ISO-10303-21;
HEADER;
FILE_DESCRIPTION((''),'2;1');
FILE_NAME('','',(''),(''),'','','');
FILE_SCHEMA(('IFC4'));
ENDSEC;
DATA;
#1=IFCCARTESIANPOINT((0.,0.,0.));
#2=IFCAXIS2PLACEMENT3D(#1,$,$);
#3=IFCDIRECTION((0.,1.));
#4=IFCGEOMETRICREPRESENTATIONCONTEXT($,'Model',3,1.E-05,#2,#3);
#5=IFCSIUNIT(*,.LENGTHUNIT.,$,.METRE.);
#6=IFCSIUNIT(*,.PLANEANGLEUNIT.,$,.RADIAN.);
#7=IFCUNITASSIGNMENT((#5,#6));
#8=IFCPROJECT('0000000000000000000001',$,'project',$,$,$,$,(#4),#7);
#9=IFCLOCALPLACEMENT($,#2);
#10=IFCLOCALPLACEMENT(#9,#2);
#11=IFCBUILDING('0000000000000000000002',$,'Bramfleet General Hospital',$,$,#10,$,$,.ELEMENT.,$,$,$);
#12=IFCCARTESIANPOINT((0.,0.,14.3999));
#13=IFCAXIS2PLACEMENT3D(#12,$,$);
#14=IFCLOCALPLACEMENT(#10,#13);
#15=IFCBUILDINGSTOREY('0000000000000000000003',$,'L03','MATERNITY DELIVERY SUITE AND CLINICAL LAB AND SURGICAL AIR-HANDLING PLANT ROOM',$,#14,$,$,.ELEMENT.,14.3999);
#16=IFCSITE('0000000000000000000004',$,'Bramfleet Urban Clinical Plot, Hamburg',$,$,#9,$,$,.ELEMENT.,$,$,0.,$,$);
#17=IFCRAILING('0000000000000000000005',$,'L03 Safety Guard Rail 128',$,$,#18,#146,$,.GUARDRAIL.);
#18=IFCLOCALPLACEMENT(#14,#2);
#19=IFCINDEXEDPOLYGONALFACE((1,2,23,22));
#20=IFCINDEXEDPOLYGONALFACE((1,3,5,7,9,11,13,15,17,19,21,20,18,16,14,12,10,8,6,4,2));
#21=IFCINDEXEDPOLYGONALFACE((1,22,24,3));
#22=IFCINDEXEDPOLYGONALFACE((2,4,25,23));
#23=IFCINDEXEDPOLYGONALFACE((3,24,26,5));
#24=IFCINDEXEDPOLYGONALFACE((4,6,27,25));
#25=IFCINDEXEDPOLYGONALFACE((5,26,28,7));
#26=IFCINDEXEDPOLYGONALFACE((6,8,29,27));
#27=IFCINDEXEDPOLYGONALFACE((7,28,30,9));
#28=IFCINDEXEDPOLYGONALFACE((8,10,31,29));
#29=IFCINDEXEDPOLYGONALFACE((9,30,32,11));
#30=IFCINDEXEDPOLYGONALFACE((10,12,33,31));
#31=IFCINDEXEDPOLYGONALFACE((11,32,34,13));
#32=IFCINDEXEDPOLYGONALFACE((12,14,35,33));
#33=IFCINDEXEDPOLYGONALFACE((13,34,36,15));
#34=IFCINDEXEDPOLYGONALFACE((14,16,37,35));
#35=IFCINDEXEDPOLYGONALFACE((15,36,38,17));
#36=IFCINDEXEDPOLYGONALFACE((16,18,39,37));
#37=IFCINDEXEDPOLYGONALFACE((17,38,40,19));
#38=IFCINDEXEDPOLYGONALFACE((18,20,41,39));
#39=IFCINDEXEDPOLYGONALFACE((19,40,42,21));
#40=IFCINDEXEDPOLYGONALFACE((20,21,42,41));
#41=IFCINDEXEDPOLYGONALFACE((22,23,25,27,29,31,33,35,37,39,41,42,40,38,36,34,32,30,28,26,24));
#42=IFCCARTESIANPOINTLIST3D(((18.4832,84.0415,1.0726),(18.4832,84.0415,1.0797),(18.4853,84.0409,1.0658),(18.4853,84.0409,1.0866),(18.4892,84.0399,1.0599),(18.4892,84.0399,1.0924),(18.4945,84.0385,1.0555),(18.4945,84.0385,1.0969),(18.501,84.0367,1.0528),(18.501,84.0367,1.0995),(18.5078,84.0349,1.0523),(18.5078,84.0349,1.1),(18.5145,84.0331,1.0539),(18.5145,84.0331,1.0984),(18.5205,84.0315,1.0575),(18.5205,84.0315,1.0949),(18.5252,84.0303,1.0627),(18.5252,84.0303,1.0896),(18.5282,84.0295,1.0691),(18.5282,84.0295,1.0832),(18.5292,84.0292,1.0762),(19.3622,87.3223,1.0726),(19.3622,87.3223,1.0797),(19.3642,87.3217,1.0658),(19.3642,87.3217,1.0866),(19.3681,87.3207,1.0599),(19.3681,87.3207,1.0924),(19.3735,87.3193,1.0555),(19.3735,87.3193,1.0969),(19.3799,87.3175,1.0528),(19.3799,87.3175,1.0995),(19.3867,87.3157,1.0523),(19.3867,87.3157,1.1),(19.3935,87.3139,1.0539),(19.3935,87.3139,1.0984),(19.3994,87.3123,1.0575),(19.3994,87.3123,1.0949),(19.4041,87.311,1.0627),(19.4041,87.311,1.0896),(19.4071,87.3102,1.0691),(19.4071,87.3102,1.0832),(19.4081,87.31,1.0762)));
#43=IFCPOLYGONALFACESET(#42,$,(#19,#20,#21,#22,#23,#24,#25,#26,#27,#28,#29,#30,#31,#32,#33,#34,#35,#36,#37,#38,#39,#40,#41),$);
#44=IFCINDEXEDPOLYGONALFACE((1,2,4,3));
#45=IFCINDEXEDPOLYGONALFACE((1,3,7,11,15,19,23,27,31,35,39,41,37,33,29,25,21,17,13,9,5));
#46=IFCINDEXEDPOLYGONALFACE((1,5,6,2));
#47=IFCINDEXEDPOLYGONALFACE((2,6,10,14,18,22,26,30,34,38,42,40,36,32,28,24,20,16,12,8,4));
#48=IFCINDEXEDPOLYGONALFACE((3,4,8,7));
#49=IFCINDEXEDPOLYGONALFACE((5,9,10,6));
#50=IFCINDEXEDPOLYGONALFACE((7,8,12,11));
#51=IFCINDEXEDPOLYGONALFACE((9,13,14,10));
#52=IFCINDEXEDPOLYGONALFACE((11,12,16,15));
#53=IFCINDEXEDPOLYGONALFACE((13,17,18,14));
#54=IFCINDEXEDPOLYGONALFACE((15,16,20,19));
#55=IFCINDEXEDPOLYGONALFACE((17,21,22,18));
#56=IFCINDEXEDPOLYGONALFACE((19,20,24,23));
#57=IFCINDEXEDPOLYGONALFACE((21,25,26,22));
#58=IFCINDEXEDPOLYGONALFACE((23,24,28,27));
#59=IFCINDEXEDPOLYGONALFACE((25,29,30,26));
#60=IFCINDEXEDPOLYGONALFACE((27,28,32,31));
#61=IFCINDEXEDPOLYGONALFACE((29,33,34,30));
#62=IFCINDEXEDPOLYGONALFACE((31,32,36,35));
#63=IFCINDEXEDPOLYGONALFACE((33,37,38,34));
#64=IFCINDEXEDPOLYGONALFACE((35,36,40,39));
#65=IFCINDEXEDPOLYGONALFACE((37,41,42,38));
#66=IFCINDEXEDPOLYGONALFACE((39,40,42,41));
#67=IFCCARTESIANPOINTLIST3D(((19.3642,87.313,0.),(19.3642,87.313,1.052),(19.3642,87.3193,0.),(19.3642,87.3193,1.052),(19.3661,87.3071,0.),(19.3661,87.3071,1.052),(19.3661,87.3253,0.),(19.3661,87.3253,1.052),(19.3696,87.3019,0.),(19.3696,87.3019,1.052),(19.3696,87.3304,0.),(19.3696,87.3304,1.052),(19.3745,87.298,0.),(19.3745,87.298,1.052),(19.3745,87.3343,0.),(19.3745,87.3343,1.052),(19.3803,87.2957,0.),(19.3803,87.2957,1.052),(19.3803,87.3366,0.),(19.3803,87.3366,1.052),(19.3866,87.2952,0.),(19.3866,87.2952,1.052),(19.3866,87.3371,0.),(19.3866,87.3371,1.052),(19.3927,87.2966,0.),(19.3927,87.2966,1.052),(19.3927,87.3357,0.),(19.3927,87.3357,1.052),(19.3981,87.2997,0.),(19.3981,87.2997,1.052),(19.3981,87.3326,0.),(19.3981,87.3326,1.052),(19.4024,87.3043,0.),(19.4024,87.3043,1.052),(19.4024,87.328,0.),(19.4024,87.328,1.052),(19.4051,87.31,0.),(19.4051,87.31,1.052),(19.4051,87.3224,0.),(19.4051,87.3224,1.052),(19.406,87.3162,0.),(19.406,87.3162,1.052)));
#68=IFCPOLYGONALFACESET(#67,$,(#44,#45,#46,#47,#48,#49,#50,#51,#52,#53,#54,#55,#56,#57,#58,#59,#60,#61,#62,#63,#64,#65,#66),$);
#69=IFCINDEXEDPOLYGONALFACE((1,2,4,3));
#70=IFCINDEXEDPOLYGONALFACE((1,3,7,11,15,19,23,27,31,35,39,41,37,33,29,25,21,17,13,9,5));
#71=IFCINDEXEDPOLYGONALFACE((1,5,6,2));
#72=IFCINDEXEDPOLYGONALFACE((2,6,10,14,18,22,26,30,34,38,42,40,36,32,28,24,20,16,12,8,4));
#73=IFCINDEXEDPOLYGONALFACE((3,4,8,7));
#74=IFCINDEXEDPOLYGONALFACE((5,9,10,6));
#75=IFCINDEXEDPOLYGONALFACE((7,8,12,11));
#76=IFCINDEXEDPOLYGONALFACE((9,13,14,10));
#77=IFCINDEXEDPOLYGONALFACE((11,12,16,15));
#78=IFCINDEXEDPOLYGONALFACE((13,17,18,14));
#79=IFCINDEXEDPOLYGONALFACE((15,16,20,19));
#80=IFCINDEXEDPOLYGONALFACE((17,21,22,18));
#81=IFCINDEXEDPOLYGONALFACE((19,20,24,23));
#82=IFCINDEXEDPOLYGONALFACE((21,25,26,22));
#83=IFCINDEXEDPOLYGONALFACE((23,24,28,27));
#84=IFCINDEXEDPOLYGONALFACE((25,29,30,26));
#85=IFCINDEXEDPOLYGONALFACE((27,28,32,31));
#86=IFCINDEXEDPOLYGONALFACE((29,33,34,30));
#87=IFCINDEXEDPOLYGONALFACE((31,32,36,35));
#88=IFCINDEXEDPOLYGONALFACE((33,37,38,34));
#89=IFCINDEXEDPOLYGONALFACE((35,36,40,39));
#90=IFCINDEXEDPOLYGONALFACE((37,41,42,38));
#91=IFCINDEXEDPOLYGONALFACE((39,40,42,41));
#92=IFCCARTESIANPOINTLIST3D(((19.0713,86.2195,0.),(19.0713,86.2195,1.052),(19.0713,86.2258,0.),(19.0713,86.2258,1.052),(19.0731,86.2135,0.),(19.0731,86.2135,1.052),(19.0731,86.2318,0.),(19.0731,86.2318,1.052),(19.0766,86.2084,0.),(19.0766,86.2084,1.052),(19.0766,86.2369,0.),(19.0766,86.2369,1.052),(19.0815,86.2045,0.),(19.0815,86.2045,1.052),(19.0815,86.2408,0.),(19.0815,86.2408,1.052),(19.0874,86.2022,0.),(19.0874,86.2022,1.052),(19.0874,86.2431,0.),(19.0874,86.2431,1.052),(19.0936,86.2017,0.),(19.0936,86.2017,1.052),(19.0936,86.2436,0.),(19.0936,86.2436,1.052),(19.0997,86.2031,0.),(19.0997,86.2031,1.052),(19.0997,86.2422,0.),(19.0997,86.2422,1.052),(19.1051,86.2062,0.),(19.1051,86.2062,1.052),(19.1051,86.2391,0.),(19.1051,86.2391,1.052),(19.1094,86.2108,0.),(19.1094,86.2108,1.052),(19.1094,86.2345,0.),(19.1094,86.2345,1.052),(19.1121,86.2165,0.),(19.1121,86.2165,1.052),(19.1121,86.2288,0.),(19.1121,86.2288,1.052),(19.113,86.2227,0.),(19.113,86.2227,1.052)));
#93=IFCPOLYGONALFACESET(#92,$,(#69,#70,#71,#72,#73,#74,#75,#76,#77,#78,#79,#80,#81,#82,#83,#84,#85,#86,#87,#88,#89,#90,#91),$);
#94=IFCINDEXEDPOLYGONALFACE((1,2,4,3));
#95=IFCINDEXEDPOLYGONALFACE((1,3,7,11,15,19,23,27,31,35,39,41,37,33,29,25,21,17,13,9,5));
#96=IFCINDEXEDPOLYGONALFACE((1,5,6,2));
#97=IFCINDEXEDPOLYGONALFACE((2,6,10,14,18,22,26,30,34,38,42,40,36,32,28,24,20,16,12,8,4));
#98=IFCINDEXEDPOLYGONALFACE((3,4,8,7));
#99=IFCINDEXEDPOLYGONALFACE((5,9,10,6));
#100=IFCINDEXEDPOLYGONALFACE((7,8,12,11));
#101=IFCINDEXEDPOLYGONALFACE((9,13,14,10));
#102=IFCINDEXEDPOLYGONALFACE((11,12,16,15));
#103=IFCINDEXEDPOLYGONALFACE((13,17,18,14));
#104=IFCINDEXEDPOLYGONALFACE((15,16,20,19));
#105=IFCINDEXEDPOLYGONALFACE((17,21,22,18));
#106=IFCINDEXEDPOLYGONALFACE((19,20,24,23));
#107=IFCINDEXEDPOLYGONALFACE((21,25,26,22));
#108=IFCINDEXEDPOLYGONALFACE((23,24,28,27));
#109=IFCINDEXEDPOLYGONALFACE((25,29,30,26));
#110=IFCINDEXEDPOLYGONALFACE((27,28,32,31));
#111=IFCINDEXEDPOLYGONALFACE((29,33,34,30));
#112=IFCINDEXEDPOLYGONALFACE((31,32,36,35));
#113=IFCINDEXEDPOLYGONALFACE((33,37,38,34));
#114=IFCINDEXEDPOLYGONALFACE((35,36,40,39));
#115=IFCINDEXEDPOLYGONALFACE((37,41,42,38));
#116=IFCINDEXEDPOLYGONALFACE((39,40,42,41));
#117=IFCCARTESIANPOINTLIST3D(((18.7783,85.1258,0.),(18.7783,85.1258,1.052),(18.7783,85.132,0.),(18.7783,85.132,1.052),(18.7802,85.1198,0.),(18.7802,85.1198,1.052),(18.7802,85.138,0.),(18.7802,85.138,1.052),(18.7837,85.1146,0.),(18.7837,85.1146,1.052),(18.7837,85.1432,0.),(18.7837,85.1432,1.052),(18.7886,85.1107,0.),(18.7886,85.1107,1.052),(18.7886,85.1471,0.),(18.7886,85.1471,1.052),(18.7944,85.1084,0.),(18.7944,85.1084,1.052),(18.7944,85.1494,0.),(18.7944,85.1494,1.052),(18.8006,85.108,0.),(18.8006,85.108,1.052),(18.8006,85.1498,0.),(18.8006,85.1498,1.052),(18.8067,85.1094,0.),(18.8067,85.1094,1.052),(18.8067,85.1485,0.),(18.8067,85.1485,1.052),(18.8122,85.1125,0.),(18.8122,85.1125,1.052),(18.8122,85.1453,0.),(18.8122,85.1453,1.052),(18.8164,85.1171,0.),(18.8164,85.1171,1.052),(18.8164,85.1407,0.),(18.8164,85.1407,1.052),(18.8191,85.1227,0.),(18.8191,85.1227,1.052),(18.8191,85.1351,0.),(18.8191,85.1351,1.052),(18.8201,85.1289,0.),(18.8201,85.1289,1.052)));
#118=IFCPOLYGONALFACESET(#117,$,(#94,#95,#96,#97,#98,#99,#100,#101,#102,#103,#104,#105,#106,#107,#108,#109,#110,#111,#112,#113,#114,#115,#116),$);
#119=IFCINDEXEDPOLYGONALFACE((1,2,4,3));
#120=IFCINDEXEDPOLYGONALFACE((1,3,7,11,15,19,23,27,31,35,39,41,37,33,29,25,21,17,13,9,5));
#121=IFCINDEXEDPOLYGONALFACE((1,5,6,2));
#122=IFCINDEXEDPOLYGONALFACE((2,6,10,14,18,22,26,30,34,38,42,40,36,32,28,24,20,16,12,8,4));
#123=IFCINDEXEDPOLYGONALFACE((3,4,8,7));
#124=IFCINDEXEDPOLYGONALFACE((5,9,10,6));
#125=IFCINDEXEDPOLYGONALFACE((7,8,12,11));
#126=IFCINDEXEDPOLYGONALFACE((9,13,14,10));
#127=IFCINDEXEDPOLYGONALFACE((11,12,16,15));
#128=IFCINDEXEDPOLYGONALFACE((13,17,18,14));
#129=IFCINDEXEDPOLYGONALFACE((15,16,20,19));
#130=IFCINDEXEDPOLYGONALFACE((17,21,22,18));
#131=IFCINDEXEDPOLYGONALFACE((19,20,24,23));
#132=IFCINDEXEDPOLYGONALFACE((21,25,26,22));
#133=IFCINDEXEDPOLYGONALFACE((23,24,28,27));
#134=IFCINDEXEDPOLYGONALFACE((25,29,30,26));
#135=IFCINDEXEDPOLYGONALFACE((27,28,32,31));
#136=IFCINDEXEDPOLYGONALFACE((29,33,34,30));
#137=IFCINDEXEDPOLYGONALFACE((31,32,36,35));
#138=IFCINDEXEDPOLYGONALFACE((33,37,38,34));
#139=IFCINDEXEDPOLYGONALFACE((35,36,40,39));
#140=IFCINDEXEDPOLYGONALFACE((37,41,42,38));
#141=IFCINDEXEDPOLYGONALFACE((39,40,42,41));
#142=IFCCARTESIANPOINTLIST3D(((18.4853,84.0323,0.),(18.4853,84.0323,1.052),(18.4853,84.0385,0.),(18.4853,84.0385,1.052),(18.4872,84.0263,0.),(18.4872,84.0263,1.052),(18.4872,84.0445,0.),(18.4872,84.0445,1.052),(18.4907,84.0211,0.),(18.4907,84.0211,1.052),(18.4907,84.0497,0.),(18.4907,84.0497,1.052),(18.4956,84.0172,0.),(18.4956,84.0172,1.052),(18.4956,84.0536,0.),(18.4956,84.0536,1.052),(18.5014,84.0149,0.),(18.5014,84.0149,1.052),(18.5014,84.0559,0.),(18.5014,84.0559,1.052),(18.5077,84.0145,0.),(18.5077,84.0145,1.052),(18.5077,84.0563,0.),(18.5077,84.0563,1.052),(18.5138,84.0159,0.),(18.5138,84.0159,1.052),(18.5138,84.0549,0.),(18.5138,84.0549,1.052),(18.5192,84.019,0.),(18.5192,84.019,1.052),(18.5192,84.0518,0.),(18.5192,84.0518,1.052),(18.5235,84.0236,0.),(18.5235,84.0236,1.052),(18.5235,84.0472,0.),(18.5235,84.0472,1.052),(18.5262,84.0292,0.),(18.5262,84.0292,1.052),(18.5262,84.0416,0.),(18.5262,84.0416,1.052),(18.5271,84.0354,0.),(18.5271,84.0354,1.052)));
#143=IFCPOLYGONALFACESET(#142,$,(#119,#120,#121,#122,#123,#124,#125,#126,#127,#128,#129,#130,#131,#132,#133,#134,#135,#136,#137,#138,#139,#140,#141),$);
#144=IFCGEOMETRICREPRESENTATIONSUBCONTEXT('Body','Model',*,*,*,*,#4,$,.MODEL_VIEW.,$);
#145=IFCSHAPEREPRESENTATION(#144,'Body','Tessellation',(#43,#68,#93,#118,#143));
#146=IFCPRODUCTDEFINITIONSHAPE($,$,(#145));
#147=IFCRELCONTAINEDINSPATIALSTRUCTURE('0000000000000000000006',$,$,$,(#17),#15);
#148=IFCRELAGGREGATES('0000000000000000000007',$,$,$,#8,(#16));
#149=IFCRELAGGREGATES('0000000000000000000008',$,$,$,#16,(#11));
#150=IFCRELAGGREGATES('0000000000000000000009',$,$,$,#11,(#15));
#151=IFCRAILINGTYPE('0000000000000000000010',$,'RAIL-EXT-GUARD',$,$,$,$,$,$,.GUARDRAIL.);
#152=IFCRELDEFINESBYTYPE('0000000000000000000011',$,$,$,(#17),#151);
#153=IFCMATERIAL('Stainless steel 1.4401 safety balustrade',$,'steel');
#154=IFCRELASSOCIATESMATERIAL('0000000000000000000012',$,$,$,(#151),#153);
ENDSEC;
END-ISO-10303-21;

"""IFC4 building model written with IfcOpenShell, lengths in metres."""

from ifc_helpers import new_model, si_unit, direction, frame, origin, origin_2d, place, context, subcontext, project, spatial, circle, extrude, material, type_object, element, save


model = new_model("IFC4")

# Units and contexts
model_context = context("Model", 3, precision=1e-05, world=origin(), true_north=direction((0.0, 1.0)))
body_context = subcontext(model_context, "Body", "Model", "MODEL_VIEW")
ifc_project = project(units=[si_unit("LENGTHUNIT", "METRE"), si_unit("PLANEANGLEUNIT", "RADIAN")], contexts=[model_context])

# Site, building, storey
site_placement = place(None, origin())
site = spatial("IfcSite", under=ifc_project, at=site_placement, Name="Bramfleet Urban Clinical Plot, Hamburg", CompositionType="ELEMENT", RefElevation=0.0)
building_placement = place(site_placement, origin())
building = spatial("IfcBuilding", under=site, at=building_placement, Name="Bramfleet General Hospital", CompositionType="ELEMENT")
storey_placement = place(building_placement, frame((0.0, 0.0, 14.3999)))
storey = spatial("IfcBuildingStorey", under=building, at=storey_placement, Name="L03", Description="MATERNITY DELIVERY SUITE AND CLINICAL LAB AND SURGICAL AIR-HANDLING PLANT ROOM", CompositionType="ELEMENT", Elevation=14.3999)

# Railing
ifc_material_1 = material(Name="Stainless steel 1.4401 safety balustrade", Category="steel")
railing_type = type_object("IfcRailingType", Name="RAIL-EXT-GUARD", PredefinedType="GUARDRAIL", material=ifc_material_1)
railing_1_placement = place(storey_placement, frame((19.385, 87.3162, 0.0)))
element("IfcRailing", 1, at=railing_1_placement, inside=storey, type_object=railing_type, Name="L03 Safety Guard Rail 128", PredefinedType="GUARDRAIL", context=body_context, shape_type="SweptSolid", body=[
    extrude(circle(Radius=0.0239, at=origin_2d()), frame((0.0, 0.0, 1.0762), z_axis=(-0.258772, -0.965938, 0.0), x_axis=(0.965938, -0.258772, 0.0)), (0.0, 0.0, 1.0), 3.3965),
    extrude(circle(Radius=0.021, at=origin_2d()), origin(), (0.0, 0.0, 1.0), 1.052),
    extrude(circle(Radius=0.021, at=origin_2d()), frame((-0.293, -1.0935, 0.0)), (0.0, 0.0, 1.0), 1.052),
    extrude(circle(Radius=0.021, at=origin_2d()), frame((-0.5859, -2.1873, 0.0)), (0.0, 0.0, 1.0), 1.052),
    extrude(circle(Radius=0.021, at=origin_2d()), frame((-0.8789, -3.2808, 0.0)), (0.0, 0.0, 1.0), 1.052),
])

save(model, "model.ifc")
